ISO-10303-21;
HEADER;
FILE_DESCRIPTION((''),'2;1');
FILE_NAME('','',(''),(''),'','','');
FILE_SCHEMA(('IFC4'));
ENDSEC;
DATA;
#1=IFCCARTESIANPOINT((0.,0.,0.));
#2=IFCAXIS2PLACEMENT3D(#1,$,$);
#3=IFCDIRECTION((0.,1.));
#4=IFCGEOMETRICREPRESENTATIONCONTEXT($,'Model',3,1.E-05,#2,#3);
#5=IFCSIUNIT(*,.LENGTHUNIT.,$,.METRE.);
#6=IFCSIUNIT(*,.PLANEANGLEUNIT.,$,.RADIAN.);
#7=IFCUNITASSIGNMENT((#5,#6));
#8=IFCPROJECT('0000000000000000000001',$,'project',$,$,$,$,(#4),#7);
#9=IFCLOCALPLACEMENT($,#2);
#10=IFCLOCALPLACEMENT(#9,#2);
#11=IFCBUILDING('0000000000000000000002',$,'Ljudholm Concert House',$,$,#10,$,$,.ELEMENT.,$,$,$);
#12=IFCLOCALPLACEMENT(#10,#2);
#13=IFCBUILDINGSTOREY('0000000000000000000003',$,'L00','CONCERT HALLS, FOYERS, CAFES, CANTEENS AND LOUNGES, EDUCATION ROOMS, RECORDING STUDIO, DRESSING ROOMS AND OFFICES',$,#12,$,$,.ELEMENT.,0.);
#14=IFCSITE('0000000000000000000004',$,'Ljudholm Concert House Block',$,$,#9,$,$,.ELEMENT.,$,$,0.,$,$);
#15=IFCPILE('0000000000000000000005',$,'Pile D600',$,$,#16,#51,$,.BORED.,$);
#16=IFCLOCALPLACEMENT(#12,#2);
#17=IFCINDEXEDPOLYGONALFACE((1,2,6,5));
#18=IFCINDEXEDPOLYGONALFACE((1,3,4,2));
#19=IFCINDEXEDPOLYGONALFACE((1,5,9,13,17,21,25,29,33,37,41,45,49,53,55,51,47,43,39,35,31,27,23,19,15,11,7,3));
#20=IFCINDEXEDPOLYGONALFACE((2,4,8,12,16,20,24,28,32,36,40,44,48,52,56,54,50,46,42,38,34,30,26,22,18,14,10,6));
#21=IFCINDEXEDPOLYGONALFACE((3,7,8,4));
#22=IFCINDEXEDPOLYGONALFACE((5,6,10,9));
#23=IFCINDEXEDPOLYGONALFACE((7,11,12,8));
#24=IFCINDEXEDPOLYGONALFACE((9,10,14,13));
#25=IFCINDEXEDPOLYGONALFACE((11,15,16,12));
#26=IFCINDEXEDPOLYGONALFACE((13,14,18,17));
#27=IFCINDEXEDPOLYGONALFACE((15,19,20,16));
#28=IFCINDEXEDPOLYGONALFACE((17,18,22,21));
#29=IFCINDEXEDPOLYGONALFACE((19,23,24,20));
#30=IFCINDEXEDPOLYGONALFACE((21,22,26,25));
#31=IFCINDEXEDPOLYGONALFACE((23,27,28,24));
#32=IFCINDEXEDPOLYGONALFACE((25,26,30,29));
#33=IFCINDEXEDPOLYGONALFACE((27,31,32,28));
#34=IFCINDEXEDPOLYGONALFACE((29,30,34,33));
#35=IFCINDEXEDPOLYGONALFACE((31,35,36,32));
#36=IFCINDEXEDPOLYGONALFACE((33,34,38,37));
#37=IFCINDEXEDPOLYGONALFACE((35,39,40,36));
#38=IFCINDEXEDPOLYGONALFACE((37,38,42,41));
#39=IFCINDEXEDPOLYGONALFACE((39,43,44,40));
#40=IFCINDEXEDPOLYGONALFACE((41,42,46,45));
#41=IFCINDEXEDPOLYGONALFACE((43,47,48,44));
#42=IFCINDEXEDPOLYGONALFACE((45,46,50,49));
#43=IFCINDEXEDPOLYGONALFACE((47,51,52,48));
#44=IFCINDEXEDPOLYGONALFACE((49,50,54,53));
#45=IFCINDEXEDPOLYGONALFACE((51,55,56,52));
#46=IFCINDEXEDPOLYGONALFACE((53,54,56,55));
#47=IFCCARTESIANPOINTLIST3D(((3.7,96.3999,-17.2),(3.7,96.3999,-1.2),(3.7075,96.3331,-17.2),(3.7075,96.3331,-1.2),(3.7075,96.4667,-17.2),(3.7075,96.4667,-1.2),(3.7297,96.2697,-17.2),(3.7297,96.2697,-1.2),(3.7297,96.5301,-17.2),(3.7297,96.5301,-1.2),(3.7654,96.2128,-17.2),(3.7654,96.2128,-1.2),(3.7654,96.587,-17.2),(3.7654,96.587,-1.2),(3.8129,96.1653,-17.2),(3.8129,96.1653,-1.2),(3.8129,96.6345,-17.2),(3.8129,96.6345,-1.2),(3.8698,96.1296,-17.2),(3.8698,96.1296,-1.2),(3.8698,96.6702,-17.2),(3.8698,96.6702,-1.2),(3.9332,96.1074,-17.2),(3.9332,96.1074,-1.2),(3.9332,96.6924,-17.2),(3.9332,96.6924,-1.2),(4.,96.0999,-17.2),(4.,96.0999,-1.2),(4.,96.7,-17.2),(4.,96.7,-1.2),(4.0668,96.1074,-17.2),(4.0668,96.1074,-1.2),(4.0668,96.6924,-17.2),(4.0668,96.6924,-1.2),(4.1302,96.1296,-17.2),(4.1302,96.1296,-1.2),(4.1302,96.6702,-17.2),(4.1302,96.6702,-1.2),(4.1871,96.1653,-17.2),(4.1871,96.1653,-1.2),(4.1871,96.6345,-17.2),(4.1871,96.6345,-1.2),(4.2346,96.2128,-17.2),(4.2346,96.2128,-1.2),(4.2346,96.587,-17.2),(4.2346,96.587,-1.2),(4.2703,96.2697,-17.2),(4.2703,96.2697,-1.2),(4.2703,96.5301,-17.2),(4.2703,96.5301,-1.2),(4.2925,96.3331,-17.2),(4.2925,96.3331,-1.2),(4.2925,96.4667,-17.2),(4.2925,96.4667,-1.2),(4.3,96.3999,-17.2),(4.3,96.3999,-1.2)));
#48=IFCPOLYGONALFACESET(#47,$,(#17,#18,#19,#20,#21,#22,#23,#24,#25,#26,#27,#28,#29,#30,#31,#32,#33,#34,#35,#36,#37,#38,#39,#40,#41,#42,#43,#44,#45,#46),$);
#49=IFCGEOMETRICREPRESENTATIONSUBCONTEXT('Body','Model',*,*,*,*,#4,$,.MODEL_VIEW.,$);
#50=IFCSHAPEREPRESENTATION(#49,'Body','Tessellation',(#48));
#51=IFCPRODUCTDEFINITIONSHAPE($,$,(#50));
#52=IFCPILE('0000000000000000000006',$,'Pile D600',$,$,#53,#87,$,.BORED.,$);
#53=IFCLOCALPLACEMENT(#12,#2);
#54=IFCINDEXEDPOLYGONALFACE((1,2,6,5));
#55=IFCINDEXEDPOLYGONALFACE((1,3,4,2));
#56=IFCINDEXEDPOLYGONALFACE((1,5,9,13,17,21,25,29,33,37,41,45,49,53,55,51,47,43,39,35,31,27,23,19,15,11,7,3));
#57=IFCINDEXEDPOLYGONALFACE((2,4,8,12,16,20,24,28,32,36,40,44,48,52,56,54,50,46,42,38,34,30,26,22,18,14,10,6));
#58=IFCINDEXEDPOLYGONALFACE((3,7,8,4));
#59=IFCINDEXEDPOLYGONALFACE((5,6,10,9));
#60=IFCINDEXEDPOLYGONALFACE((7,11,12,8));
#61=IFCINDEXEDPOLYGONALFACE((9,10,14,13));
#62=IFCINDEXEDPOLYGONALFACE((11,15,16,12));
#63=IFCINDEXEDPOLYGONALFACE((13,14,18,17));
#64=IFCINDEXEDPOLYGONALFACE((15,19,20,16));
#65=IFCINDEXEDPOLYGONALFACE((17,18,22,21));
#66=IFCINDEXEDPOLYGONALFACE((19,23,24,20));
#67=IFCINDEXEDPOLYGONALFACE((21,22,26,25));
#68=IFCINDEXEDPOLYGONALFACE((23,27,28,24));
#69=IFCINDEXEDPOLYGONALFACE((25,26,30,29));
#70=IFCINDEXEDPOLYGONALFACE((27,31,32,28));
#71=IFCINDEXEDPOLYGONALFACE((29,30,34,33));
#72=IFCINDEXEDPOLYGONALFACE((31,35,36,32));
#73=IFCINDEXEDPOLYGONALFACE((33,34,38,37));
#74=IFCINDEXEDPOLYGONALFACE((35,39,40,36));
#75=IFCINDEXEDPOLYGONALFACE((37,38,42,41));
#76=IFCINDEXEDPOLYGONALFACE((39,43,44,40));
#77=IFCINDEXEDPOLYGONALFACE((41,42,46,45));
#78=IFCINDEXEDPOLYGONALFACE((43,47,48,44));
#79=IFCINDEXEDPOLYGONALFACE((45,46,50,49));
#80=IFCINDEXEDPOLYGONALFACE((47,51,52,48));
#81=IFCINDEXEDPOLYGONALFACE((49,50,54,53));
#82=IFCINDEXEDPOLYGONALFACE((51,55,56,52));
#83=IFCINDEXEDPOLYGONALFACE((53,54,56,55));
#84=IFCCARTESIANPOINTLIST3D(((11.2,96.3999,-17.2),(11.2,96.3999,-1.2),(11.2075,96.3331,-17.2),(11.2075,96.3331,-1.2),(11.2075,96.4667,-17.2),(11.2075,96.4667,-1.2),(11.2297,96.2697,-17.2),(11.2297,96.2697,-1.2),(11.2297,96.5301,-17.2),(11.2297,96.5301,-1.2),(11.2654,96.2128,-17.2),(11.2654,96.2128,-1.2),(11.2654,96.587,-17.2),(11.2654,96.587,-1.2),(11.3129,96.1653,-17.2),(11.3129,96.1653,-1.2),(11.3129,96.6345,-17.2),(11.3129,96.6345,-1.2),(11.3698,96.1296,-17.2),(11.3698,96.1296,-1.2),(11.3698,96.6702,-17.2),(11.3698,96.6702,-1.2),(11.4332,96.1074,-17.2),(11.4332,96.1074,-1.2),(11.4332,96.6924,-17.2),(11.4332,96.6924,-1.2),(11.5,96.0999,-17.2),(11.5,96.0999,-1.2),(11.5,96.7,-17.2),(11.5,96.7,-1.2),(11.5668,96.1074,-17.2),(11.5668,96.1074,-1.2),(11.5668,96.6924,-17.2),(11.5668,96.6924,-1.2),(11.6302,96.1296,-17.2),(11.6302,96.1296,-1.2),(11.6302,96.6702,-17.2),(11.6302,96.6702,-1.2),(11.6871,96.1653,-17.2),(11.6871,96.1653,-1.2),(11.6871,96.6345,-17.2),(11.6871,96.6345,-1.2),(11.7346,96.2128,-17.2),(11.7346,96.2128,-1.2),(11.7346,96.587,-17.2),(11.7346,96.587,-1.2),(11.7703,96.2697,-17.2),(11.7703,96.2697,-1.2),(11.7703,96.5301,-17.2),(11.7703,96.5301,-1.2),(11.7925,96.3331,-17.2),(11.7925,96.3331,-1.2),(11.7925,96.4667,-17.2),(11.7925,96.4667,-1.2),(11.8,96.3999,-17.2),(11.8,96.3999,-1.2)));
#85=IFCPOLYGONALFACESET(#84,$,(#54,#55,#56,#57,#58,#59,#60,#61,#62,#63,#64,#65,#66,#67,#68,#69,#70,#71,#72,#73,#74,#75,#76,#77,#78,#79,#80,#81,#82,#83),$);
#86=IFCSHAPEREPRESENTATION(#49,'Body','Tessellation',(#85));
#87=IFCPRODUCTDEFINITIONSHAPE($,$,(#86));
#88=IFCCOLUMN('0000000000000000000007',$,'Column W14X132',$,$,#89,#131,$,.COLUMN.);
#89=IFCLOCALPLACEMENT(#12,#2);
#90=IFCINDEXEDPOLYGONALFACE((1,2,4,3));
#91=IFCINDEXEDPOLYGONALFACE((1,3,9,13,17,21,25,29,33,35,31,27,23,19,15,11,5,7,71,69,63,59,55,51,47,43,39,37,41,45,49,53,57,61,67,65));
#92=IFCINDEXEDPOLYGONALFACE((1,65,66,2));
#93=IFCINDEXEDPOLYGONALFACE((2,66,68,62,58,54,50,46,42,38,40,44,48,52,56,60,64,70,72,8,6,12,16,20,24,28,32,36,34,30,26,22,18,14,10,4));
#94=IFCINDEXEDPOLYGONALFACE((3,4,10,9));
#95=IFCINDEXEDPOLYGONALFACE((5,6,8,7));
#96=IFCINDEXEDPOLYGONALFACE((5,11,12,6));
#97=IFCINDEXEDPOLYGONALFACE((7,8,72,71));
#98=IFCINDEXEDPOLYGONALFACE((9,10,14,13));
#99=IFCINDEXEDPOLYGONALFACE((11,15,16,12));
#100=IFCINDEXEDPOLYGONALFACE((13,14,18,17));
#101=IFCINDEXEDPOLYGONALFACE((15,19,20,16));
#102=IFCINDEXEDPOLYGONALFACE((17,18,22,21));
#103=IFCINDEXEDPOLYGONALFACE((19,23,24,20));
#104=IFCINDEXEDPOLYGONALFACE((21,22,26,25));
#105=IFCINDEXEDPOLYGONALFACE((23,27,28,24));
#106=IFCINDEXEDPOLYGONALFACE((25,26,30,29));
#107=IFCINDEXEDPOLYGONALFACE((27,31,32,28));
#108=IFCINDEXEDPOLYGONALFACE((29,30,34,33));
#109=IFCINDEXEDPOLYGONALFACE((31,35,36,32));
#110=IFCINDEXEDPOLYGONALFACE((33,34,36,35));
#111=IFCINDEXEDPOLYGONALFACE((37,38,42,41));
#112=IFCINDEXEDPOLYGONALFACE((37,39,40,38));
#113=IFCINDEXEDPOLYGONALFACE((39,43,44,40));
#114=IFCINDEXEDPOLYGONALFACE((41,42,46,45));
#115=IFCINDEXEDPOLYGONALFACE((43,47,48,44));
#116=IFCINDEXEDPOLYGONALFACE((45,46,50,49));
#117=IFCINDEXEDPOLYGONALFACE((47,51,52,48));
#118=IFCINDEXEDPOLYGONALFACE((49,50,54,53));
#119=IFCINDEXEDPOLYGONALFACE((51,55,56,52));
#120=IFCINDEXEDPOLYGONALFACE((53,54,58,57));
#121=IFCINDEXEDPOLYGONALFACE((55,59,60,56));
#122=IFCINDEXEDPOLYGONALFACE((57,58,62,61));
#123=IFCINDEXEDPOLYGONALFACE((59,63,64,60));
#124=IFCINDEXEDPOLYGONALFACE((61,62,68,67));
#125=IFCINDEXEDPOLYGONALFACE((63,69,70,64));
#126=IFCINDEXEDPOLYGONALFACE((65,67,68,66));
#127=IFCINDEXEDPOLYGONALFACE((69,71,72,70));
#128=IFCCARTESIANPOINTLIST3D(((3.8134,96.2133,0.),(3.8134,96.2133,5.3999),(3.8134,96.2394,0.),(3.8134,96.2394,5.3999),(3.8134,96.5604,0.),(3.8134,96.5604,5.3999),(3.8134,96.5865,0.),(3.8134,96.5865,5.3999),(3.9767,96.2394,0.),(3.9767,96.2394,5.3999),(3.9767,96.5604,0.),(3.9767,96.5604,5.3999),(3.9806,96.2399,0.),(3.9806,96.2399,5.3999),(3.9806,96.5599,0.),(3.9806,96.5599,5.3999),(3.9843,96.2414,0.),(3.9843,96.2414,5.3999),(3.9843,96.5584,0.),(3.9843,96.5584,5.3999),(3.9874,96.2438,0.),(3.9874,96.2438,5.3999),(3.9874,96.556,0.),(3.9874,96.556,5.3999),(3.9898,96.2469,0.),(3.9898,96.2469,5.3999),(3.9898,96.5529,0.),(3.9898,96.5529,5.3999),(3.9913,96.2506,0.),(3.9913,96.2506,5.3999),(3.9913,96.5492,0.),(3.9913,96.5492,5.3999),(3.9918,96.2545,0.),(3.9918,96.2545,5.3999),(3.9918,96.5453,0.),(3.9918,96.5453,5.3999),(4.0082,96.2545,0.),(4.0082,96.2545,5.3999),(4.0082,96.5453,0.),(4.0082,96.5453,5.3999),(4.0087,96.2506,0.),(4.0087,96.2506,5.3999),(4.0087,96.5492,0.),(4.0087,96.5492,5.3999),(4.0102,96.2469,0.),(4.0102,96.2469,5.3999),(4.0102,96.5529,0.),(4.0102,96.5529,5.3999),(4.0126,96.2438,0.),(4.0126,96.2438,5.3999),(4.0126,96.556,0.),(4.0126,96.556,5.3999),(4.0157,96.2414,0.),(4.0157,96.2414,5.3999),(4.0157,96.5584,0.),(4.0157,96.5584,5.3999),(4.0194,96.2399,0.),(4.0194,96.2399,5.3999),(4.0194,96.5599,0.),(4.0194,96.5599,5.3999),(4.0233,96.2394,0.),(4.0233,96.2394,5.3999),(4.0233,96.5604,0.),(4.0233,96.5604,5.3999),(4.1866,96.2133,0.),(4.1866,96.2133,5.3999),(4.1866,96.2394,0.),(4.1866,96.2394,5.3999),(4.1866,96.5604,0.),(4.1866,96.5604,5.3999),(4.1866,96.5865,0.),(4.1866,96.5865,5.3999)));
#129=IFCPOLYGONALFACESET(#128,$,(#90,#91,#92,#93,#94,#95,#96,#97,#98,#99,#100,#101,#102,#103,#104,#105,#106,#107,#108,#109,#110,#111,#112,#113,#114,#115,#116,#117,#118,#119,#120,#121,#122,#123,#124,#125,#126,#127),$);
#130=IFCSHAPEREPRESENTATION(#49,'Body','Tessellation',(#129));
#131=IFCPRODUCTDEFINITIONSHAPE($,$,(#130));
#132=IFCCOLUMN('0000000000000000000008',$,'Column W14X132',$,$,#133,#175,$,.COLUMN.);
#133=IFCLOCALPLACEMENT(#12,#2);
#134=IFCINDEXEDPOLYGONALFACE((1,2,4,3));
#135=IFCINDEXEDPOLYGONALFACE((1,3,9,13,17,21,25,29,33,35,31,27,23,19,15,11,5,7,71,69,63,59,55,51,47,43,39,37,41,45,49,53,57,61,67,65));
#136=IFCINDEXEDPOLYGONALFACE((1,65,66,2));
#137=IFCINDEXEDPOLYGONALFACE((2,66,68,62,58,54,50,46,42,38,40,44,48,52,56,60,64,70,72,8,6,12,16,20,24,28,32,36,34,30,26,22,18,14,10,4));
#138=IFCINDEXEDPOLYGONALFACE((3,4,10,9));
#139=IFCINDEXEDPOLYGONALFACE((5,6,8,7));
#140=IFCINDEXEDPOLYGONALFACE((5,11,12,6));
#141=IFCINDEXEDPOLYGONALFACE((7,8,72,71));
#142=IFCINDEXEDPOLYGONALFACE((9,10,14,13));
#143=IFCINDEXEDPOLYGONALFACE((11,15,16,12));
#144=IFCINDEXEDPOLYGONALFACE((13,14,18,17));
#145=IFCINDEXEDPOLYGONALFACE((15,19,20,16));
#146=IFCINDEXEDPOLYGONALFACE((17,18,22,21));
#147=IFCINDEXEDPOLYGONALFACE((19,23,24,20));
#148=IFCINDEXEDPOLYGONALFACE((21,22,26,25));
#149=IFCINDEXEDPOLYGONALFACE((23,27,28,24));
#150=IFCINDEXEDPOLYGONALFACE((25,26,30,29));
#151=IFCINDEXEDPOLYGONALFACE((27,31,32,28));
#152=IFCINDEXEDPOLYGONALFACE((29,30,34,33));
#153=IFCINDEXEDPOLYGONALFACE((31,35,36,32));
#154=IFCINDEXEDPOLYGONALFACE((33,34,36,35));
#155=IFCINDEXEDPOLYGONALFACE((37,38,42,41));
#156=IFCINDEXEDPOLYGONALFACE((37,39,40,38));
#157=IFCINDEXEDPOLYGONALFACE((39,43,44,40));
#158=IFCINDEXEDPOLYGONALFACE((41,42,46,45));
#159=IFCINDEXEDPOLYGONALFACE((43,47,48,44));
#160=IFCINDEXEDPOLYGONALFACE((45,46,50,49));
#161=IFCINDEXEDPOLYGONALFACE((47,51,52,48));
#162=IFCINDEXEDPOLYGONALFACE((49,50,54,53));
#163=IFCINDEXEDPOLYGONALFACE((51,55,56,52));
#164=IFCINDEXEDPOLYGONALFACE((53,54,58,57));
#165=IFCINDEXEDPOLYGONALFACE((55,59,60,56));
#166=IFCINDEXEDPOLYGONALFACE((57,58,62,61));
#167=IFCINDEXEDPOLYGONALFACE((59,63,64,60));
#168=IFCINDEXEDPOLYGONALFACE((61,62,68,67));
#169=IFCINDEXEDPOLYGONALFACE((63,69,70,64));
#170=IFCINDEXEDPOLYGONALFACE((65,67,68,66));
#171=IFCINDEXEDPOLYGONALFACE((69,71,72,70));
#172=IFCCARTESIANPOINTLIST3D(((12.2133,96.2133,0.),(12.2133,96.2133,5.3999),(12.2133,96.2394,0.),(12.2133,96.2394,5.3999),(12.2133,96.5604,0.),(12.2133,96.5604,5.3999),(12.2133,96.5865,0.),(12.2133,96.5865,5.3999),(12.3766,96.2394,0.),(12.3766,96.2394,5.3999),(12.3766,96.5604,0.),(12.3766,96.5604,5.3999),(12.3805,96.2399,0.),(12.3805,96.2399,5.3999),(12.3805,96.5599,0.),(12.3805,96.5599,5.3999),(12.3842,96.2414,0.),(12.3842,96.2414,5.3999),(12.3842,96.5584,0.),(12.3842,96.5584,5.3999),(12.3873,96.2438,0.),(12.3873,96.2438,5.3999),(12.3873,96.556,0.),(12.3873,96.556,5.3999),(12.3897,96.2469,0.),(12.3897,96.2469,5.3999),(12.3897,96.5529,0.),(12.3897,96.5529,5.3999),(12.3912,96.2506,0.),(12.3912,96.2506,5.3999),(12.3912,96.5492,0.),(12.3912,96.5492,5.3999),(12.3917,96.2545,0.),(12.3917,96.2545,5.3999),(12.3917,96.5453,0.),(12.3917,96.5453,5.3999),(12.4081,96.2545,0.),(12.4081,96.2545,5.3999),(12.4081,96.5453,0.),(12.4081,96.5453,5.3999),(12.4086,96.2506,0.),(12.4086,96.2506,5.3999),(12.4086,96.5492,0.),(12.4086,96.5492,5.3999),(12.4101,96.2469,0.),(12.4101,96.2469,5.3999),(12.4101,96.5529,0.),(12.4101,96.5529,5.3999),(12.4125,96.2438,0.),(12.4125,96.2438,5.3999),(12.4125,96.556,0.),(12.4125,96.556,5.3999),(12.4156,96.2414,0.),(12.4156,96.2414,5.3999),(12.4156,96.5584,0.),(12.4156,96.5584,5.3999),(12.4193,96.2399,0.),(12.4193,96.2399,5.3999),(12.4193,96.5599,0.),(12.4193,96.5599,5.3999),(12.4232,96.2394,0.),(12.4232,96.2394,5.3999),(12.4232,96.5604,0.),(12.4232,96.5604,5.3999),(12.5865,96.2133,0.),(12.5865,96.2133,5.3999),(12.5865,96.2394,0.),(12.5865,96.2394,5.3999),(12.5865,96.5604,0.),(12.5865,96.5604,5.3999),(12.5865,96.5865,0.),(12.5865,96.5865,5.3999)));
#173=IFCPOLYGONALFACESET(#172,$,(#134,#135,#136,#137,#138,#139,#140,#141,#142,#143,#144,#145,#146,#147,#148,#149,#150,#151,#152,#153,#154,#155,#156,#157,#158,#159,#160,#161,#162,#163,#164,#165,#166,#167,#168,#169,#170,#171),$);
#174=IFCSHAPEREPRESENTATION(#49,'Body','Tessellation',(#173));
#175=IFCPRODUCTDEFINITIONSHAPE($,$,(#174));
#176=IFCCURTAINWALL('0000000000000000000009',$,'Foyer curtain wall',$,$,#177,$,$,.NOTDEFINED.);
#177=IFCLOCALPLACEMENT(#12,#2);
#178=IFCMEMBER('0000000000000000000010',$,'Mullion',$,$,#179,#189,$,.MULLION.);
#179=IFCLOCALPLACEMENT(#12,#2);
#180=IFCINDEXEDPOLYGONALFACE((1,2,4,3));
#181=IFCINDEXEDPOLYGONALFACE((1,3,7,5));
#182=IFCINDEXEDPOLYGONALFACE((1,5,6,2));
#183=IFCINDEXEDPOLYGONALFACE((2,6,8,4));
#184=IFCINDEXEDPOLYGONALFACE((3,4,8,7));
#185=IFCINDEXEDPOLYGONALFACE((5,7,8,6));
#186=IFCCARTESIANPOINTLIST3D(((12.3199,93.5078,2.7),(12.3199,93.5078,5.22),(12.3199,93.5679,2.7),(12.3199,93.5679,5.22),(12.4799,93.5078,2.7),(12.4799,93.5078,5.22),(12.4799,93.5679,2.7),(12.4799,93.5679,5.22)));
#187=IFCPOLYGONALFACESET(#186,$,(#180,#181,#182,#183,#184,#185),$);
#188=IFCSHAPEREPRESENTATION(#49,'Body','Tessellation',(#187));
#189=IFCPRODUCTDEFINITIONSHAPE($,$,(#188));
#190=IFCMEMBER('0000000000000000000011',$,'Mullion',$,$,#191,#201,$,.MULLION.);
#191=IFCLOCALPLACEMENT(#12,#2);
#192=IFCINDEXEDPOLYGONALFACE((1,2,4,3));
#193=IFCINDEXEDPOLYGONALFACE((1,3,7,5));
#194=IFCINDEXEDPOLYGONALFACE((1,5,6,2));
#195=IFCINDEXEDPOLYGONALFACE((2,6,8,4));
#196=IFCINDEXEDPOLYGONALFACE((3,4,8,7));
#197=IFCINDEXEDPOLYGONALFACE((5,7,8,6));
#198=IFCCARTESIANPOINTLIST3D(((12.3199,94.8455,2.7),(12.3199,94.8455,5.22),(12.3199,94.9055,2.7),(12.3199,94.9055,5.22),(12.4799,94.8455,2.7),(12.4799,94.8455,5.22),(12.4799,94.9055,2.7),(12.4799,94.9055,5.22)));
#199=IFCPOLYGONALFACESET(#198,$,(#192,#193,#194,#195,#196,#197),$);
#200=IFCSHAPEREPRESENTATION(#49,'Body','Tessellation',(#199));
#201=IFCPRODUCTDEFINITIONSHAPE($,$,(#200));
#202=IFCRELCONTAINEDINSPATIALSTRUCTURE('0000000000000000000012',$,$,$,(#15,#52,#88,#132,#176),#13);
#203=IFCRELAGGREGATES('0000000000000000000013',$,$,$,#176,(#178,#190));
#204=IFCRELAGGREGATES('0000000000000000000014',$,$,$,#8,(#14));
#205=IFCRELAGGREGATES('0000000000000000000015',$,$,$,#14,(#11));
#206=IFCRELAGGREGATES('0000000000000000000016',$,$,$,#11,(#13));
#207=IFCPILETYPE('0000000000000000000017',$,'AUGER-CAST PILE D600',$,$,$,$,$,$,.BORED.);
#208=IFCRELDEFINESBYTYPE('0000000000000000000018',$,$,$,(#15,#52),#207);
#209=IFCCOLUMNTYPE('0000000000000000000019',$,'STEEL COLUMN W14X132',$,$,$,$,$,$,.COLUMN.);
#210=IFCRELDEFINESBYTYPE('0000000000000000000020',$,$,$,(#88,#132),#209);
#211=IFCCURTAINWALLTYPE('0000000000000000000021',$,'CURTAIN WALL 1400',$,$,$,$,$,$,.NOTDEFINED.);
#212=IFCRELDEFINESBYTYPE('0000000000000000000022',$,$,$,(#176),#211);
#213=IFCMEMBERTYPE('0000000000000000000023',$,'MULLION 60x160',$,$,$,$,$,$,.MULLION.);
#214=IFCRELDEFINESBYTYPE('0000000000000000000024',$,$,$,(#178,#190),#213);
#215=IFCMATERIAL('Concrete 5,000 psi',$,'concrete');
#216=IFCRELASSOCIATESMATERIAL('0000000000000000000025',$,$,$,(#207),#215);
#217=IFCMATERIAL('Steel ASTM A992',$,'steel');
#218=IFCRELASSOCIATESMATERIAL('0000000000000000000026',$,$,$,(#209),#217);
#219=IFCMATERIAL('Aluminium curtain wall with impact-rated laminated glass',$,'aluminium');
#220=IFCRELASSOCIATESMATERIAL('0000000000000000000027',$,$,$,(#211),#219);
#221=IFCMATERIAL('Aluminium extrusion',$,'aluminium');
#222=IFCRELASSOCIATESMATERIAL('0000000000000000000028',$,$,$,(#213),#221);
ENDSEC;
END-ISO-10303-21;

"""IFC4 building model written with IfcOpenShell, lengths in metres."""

from ifc_helpers import new_model, si_unit, direction, frame, origin, origin_2d, place, context, subcontext, project, spatial, rectangle, circle, i_section, extrude, material, material_profile, profile_set, type_object, element, aggregate, save


model = new_model("IFC4")

# Units and contexts
model_context = context("Model", 3, precision=1e-05, world=origin(), true_north=direction((0.0, 1.0)))
body_context = subcontext(model_context, "Body", "Model", "MODEL_VIEW")
ifc_project = project(units=[si_unit("LENGTHUNIT", "METRE"), si_unit("PLANEANGLEUNIT", "RADIAN")], contexts=[model_context])

# Site, building, storey
site_placement = place(None, origin())
site = spatial("IfcSite", under=ifc_project, at=site_placement, Name="Ljudholm Concert House Block", CompositionType="ELEMENT", RefElevation=0.0)
building_placement = place(site_placement, origin())
building = spatial("IfcBuilding", under=site, at=building_placement, Name="Ljudholm Concert House", CompositionType="ELEMENT")
storey_placement = place(building_placement, origin())
storey = spatial("IfcBuildingStorey", under=building, at=storey_placement, Name="L00", Description="CONCERT HALLS, FOYERS, CAFES, CANTEENS AND LOUNGES, EDUCATION ROOMS, RECORDING STUDIO, DRESSING ROOMS AND OFFICES", CompositionType="ELEMENT", Elevation=0.0)

# Piles
ifc_material_1 = material(Name="Concrete 5,000 psi", Category="concrete")
ifc_material_profile_1 = material_profile(ifc_material_1, circle(Radius=0.3, at=origin_2d()), Name="AUGER-CAST PILE D600")
ifc_profile_set_1 = profile_set([ifc_material_profile_1], Name="Concrete 5,000 psi")
pile_type = type_object("IfcPileType", Name="AUGER-CAST PILE D600", PredefinedType="BORED", material=ifc_profile_set_1)
for number, where, z_axis, x_axis, name in (
    (1, (4.0, 96.3999, -1.2), (0.0, 0.0, -1.0), (1.0, 0.0, 0.0), "Pile D600"),
    (2, (11.5, 96.3999, -1.2), (0.0, 0.0, -1.0), (1.0, 0.0, 0.0), "Pile D600"),
):
    element("IfcPile", number, at=place(storey_placement, frame(where, z_axis=z_axis, x_axis=x_axis)), inside=storey, type_object=pile_type, Name=name, PredefinedType="BORED", context=body_context, shape_type="SweptSolid", body=[
        extrude(circle(Radius=0.3, at=origin_2d()), origin(), (0.0, 0.0, 1.0), 16.0),
    ])

# Columns
ifc_material_2 = material(Name="Steel ASTM A992", Category="steel")
ifc_material_profile_2 = material_profile(ifc_material_2, i_section(OverallWidth=0.3733, OverallDepth=0.3733, WebThickness=0.0164, FlangeThickness=0.0261, FilletRadius=0.0151, at=origin_2d()), Name="W14X132")
ifc_profile_set_2 = profile_set([ifc_material_profile_2], Name="Steel ASTM A992")
column_type = type_object("IfcColumnType", Name="STEEL COLUMN W14X132", PredefinedType="COLUMN", material=ifc_profile_set_2)
for number, where, z_axis, x_axis, name in (
    (3, (4.0, 96.3999, 0.0), (0.0, 0.0, 1.0), (1.0, 0.0, 0.0), "Column W14X132"),
    (4, (12.3999, 96.3999, 0.0), (0.0, 0.0, 1.0), (1.0, 0.0, 0.0), "Column W14X132"),
):
    element("IfcColumn", number, at=place(storey_placement, frame(where, z_axis=z_axis, x_axis=x_axis)), inside=storey, type_object=column_type, Name=name, PredefinedType="COLUMN", context=body_context, shape_type="SweptSolid", body=[
        extrude(i_section(OverallWidth=0.3733, OverallDepth=0.3733, WebThickness=0.0164, FlangeThickness=0.0261, FilletRadius=0.0151, at=origin_2d()), origin(), (0.0, 0.0, 1.0), 5.3999),
    ])

# Curtain wall, members
ifc_material_3 = material(Name="Aluminium curtain wall with impact-rated laminated glass", Category="aluminium")
curtain_wall_type = type_object("IfcCurtainWallType", Name="CURTAIN WALL 1400", PredefinedType="NOTDEFINED", material=ifc_material_3)
curtain_wall_1_placement = place(storey_placement, origin())
curtain_wall_1 = element("IfcCurtainWall", 5, at=curtain_wall_1_placement, inside=storey, type_object=curtain_wall_type, Name="Foyer curtain wall", PredefinedType="NOTDEFINED")
ifc_material_4 = material(Name="Aluminium extrusion", Category="aluminium")
ifc_material_profile_3 = material_profile(ifc_material_4, rectangle(XDim=0.1599, YDim=0.0601, at=origin_2d()), Name="MULLION 60x160")
ifc_profile_set_3 = profile_set([ifc_material_profile_3], Name="Aluminium extrusion")
member_type_1 = type_object("IfcMemberType", Name="MULLION 60x160", PredefinedType="MULLION", material=ifc_profile_set_3)
member_1_placement = place(storey_placement, frame((12.3999, 93.5378, 2.7), z_axis=(0.0, 0.0, 1.0), x_axis=(-1.0, 0.0, 0.0)))
member_1 = element("IfcMember", 6, at=member_1_placement, type_object=member_type_1, Name="Mullion", PredefinedType="MULLION", context=body_context, shape_type="SweptSolid", body=[
    extrude(rectangle(XDim=0.1599, YDim=0.0601, at=origin_2d()), origin(), (0.0, 0.0, 1.0), 2.52),
])
member_2_placement = place(storey_placement, frame((12.3999, 94.8755, 2.7), z_axis=(0.0, 0.0, 1.0), x_axis=(-1.0, 0.0, 0.0)))
member_2 = element("IfcMember", 7, at=member_2_placement, type_object=member_type_1, Name="Mullion", PredefinedType="MULLION", context=body_context, shape_type="SweptSolid", body=[
    extrude(rectangle(XDim=0.1599, YDim=0.0601, at=origin_2d()), origin(), (0.0, 0.0, 1.0), 2.52),
])

aggregate(curtain_wall_1, [member_1, member_2])

save(model, "model.ifc")
